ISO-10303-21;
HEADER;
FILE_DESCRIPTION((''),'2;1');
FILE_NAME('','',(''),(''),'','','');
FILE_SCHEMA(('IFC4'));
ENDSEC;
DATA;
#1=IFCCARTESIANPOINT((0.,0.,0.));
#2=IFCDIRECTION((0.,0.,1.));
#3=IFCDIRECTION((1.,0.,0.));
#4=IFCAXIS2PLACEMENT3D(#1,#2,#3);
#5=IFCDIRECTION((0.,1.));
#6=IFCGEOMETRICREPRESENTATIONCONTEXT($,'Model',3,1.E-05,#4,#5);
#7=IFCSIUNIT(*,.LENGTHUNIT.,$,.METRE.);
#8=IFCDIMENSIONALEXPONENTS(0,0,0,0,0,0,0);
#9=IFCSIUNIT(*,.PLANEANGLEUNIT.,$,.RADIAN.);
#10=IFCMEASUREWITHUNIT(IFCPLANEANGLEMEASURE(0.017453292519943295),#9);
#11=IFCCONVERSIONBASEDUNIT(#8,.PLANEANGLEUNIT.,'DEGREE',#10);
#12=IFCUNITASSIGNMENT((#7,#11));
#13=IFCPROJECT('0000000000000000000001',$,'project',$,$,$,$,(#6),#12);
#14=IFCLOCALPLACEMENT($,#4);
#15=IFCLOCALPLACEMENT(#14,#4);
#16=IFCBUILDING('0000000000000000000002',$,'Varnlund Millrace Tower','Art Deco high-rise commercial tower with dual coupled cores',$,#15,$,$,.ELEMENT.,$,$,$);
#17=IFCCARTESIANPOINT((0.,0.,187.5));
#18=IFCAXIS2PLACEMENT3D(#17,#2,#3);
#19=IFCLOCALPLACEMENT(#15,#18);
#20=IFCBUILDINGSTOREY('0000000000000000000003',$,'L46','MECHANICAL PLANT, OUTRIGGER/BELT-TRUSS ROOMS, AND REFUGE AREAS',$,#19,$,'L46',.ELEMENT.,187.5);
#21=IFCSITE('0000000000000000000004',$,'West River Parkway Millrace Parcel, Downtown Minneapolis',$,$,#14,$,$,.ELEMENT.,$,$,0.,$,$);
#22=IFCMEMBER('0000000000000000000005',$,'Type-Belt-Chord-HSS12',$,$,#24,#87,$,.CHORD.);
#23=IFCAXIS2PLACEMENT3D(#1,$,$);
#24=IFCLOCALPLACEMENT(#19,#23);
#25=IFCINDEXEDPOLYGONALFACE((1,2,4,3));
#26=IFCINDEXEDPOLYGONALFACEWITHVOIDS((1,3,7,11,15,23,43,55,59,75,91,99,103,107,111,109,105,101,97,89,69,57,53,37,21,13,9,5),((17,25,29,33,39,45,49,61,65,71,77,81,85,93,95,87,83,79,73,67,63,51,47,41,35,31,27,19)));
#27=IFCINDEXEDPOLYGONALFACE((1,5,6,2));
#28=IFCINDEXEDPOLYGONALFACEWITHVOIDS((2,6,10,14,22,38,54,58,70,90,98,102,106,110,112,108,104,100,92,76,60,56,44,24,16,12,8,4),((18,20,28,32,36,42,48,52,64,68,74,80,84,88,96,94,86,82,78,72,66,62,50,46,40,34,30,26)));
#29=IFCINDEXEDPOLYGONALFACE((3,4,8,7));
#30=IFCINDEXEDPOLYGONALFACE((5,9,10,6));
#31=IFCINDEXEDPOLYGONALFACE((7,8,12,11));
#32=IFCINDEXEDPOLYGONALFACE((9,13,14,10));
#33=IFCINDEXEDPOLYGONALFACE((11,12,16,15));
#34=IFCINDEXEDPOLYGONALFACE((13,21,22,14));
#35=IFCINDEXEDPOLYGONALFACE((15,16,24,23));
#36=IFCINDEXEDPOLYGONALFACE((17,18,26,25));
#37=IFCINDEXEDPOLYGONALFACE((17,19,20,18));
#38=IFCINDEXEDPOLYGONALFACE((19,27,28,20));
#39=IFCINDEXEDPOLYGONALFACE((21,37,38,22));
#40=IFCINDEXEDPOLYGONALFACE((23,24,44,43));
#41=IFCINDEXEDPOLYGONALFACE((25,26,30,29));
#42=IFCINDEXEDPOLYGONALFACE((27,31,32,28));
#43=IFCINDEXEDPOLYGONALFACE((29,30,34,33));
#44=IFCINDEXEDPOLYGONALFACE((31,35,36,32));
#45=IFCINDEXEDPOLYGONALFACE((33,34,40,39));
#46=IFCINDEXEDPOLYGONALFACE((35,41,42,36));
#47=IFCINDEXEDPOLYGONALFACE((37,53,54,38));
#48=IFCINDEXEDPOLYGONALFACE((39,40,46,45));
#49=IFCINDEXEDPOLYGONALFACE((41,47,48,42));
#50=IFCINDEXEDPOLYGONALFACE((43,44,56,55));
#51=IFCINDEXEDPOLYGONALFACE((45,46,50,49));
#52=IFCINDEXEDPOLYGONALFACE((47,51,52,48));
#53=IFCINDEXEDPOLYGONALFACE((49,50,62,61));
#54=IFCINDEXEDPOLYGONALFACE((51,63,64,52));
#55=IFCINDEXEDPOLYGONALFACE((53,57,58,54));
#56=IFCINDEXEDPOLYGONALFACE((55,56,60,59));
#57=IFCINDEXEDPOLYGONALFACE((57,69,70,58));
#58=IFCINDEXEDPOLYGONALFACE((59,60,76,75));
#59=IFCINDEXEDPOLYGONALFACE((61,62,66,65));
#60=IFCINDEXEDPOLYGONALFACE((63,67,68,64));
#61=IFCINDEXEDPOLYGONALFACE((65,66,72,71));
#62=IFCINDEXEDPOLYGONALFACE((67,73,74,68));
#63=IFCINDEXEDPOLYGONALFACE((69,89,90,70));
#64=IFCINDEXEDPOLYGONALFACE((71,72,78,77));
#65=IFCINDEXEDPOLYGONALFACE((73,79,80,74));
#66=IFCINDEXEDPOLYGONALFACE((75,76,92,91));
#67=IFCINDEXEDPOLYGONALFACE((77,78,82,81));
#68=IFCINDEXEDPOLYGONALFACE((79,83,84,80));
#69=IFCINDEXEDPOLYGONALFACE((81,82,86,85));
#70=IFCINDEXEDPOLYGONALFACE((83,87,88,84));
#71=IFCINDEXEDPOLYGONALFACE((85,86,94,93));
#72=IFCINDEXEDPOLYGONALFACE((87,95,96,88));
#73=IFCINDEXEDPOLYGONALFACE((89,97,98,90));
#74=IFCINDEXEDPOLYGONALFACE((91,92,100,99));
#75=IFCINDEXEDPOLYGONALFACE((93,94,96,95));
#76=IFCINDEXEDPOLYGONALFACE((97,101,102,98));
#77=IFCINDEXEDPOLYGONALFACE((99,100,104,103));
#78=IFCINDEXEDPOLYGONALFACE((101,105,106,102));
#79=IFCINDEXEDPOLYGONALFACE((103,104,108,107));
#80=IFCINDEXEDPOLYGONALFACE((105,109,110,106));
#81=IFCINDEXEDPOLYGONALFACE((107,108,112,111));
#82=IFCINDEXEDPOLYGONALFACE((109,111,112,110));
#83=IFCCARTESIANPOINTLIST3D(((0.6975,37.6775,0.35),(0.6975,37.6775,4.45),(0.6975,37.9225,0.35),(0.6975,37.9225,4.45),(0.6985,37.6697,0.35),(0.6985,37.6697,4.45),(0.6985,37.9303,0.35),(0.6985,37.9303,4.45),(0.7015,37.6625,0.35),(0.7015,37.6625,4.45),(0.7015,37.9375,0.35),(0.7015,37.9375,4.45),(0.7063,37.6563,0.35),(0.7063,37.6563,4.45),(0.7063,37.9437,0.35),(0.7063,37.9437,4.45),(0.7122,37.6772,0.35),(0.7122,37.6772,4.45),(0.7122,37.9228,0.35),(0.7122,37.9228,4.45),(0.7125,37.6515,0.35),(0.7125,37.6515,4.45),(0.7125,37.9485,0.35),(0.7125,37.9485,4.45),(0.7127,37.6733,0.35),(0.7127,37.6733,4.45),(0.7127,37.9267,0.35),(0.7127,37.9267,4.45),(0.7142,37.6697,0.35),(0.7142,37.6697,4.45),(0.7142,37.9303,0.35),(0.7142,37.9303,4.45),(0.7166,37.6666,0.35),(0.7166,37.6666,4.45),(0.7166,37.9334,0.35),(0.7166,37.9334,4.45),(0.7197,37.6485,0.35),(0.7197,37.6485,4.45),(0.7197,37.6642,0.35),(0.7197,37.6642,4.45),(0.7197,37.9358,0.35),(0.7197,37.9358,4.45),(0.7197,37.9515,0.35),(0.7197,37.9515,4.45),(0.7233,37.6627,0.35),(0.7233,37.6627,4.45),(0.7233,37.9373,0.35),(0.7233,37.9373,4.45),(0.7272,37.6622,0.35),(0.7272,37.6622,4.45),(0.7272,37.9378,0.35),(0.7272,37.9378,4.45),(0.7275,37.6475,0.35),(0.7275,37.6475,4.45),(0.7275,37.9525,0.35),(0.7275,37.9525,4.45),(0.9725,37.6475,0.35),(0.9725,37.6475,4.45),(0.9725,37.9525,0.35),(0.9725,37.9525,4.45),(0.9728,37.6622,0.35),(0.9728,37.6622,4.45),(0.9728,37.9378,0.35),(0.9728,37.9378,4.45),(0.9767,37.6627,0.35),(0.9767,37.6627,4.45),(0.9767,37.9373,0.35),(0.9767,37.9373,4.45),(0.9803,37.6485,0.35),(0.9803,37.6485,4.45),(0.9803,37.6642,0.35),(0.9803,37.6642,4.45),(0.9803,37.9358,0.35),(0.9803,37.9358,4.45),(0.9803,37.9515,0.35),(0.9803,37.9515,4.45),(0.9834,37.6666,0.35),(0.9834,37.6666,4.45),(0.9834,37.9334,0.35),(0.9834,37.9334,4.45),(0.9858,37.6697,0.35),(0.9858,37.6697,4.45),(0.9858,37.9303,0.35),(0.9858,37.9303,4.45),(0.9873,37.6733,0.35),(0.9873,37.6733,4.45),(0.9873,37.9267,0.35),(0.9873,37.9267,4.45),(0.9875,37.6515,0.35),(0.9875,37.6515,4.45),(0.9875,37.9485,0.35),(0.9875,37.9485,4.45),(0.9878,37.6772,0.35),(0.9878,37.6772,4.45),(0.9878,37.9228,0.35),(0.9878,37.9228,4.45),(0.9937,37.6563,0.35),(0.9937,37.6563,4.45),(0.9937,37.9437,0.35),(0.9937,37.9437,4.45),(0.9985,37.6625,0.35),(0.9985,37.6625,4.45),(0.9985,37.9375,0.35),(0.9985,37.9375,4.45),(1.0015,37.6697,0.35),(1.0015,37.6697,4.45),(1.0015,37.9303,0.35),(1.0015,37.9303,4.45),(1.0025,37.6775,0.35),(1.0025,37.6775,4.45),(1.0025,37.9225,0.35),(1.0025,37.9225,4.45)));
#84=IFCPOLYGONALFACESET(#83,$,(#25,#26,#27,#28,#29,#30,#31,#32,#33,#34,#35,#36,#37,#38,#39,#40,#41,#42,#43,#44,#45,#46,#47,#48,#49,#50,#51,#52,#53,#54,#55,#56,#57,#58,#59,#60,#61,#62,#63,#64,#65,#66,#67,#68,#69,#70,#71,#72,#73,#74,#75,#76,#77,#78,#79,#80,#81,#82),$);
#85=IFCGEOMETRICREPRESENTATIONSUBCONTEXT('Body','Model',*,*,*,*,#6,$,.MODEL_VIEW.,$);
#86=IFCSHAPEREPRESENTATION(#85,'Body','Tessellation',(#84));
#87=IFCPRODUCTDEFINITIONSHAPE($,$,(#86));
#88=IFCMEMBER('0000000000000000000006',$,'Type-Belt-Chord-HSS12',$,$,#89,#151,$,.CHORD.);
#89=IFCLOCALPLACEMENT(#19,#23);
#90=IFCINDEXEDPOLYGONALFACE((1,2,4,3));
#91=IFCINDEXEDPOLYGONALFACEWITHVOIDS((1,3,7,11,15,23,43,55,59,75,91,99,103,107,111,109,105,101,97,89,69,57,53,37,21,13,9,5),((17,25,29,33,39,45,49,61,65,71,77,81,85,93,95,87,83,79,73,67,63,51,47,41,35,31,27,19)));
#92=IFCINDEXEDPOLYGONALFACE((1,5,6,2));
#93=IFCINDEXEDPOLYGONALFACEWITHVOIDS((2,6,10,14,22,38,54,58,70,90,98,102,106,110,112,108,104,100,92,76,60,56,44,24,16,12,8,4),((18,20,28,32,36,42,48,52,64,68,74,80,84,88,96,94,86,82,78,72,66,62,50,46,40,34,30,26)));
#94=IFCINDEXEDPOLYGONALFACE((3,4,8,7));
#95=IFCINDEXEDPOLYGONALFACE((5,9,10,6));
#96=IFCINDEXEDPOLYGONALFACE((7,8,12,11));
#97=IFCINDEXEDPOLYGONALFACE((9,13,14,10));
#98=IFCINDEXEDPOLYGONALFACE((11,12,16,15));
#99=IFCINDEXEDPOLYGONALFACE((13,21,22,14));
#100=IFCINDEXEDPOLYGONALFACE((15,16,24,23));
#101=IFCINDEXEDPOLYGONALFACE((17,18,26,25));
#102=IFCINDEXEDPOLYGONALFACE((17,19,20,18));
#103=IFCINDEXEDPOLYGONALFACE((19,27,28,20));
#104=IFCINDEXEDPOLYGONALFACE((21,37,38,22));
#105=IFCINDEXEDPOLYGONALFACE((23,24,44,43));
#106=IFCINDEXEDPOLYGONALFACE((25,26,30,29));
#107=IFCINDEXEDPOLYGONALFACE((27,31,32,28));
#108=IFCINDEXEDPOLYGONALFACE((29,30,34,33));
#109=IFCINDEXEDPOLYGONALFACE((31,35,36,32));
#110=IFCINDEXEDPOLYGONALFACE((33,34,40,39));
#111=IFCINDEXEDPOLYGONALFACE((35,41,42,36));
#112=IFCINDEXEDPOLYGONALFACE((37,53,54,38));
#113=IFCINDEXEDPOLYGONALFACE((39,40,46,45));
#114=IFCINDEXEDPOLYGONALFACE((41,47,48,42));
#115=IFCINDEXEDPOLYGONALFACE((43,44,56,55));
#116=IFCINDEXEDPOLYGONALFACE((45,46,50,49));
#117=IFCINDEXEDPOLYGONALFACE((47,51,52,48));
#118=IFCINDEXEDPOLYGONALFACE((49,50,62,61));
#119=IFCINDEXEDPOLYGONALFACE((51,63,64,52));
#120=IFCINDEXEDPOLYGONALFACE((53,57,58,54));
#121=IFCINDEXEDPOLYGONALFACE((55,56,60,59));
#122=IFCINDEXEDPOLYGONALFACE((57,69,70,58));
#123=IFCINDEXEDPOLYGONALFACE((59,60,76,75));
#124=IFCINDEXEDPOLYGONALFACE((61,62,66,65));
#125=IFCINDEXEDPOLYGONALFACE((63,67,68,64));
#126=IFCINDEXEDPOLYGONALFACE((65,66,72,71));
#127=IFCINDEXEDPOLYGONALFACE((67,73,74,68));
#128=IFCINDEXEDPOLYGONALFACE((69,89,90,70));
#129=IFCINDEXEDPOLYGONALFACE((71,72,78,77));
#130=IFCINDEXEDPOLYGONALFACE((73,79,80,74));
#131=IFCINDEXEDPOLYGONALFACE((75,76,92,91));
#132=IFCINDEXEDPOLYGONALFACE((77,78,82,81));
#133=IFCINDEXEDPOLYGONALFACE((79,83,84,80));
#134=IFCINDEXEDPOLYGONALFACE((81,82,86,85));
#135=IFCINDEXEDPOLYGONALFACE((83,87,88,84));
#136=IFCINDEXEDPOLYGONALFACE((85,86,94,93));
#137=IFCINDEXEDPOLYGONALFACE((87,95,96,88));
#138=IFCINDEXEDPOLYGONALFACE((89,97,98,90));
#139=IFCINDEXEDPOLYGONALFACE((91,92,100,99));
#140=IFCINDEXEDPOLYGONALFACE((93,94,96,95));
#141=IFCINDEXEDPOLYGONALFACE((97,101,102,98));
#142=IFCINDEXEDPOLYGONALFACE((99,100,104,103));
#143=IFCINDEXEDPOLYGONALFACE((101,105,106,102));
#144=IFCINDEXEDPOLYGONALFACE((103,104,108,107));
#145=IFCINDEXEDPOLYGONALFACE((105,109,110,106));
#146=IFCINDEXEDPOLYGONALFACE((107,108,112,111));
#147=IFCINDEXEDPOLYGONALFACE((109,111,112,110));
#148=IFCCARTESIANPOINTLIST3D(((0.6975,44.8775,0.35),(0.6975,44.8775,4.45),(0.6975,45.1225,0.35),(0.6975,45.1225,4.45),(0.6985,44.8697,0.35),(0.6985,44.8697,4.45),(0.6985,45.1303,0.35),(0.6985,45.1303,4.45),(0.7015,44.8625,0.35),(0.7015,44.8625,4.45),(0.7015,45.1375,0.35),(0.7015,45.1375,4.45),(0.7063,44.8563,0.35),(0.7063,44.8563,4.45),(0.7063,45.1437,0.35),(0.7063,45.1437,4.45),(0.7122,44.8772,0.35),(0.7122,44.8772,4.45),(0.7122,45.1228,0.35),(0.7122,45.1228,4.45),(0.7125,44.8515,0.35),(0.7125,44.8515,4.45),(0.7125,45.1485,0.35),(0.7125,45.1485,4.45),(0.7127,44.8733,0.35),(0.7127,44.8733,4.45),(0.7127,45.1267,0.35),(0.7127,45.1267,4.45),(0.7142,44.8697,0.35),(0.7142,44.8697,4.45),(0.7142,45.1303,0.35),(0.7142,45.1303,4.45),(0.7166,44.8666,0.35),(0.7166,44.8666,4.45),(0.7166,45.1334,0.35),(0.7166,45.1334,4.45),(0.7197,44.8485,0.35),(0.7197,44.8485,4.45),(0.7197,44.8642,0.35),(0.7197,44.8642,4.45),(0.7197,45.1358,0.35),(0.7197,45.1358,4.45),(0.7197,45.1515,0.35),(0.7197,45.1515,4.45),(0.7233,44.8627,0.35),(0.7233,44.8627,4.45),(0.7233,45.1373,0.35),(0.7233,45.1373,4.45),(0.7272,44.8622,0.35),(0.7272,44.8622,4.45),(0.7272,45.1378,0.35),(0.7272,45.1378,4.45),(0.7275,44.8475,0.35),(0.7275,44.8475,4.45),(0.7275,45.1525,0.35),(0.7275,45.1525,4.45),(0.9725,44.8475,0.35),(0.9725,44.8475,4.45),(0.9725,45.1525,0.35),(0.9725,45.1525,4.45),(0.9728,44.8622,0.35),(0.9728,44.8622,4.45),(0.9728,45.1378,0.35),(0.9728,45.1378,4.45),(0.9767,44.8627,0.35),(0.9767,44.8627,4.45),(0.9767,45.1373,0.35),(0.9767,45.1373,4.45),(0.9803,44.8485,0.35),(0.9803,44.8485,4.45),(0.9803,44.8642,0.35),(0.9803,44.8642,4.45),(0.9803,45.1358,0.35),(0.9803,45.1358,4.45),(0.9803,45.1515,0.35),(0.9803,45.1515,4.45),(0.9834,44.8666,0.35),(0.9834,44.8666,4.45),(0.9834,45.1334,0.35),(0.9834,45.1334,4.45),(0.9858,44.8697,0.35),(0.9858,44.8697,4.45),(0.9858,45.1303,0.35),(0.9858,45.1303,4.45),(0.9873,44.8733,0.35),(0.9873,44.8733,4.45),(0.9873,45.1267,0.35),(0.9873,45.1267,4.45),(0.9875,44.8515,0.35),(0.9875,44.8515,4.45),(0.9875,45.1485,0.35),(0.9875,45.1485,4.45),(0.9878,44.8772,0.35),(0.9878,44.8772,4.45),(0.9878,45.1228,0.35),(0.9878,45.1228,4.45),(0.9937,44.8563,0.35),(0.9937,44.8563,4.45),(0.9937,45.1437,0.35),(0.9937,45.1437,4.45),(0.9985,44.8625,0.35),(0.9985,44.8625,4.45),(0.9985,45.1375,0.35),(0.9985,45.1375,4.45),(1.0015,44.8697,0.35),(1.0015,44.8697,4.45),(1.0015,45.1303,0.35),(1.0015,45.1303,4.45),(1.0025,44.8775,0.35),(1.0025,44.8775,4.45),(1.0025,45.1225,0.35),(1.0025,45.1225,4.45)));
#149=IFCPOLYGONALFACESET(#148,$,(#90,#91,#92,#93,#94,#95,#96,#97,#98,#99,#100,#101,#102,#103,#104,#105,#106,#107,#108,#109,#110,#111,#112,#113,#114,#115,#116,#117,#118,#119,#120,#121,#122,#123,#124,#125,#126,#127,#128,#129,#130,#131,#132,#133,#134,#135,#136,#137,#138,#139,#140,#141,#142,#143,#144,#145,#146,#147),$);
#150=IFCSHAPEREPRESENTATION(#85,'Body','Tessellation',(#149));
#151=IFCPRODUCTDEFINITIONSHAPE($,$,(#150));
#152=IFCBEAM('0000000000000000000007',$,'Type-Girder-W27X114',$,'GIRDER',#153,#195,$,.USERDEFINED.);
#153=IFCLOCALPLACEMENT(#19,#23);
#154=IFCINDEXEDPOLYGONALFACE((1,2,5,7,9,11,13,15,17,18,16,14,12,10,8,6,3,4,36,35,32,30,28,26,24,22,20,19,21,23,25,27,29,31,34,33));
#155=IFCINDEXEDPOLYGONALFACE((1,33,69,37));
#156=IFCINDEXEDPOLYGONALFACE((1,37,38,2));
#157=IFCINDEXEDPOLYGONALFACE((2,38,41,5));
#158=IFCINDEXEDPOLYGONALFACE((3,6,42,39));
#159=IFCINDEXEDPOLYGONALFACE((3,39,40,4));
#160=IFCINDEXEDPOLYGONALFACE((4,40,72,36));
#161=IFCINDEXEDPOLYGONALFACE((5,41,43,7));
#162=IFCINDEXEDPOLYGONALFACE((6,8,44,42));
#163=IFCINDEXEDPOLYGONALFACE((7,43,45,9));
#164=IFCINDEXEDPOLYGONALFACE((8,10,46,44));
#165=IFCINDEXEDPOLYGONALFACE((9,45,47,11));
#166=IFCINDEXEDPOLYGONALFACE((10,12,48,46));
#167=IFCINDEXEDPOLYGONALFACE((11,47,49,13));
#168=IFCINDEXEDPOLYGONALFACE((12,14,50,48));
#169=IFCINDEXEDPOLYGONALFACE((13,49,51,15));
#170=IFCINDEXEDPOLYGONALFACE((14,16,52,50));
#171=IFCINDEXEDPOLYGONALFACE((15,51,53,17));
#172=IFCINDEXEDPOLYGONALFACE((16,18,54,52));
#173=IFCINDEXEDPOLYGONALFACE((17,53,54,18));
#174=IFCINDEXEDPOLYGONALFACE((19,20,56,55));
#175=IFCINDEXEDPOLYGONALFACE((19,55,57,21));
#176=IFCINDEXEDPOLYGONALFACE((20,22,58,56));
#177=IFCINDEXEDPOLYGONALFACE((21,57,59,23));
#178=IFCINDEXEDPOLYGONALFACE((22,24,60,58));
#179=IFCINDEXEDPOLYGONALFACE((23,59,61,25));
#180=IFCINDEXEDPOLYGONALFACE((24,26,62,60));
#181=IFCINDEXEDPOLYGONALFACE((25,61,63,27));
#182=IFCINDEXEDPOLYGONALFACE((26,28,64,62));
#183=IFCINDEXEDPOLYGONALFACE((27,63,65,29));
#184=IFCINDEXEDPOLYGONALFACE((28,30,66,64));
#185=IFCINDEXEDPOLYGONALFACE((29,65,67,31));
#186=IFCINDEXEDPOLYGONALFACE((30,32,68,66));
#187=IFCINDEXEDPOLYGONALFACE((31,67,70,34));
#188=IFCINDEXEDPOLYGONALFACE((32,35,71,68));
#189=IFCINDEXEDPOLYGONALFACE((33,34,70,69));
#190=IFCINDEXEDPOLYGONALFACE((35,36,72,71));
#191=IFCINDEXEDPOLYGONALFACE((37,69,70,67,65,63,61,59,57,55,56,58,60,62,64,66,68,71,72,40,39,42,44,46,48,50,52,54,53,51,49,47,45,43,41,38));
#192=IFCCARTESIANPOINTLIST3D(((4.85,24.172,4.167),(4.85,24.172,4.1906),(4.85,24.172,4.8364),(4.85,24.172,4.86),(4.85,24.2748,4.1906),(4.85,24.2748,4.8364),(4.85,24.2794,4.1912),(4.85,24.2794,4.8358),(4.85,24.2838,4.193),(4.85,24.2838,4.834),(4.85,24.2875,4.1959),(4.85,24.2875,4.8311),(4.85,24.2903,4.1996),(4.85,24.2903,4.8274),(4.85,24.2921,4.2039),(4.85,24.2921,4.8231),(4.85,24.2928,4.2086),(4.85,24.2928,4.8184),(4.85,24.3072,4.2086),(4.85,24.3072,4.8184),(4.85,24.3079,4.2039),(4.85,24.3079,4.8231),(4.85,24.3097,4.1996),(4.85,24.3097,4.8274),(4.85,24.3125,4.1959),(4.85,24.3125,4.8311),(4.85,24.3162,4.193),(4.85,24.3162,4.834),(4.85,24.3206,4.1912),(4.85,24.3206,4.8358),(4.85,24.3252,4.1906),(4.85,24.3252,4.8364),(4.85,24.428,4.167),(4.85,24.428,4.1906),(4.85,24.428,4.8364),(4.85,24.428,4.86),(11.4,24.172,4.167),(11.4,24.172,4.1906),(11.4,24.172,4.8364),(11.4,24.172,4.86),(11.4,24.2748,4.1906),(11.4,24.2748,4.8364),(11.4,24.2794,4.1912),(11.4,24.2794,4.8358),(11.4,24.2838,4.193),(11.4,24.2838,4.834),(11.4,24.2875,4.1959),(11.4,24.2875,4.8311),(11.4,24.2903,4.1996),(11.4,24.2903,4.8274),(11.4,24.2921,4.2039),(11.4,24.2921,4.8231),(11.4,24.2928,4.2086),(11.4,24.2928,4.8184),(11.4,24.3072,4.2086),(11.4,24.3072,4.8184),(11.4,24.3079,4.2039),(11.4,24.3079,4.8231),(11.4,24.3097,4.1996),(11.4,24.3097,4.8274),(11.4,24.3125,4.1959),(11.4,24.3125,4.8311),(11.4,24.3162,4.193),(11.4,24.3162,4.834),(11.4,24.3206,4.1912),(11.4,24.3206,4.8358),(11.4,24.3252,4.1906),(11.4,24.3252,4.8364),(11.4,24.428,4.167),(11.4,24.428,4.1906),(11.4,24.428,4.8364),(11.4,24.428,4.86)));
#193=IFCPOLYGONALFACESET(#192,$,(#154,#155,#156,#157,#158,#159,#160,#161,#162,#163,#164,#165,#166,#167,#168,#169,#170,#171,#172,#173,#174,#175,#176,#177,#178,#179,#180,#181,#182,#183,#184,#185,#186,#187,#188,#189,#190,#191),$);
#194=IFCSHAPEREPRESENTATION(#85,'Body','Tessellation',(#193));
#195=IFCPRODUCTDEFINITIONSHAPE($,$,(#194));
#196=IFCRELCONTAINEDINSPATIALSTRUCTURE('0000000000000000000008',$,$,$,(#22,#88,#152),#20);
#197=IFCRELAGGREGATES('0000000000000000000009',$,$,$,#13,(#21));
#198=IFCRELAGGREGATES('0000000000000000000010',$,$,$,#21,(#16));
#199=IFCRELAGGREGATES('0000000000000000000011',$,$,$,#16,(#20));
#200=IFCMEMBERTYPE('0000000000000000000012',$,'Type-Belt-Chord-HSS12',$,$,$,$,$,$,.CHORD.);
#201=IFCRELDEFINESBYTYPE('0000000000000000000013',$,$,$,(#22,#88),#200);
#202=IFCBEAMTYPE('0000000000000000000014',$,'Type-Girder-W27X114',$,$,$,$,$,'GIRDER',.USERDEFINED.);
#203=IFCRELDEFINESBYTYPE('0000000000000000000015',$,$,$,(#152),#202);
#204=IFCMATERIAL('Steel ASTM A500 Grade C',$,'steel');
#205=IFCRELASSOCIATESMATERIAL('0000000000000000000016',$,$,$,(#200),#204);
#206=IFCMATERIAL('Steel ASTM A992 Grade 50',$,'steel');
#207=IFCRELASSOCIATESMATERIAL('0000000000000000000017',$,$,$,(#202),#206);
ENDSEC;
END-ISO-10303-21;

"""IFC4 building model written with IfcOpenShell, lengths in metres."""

from ifc_helpers import new_model, entity, si_unit, converted_unit, direction, frame, origin_with_axes, origin_2d_with_axis, place, context, subcontext, project, spatial, hollow_rectangle, i_section, extrude, material, material_profile, profile_set, type_object, element, save


model = new_model("IFC4")

# Units and contexts
model_context = context("Model", 3, precision=1e-05, world=origin_with_axes(), true_north=direction((0.0, 1.0)))
body_context = subcontext(model_context, "Body", "Model", "MODEL_VIEW")
ifc_project = project(units=[si_unit("LENGTHUNIT", "METRE"), converted_unit("PLANEANGLEUNIT", "DEGREE", entity("IfcPlaneAngleMeasure", 0.017453292519943295), si_unit("PLANEANGLEUNIT", "RADIAN"), dimensions=[0, 0, 0, 0, 0, 0, 0])], contexts=[model_context])

# Site, building, storey
site_placement = place(None, origin_with_axes())
site = spatial("IfcSite", under=ifc_project, at=site_placement, Name="West River Parkway Millrace Parcel, Downtown Minneapolis", CompositionType="ELEMENT", RefElevation=0.0)
building_placement = place(site_placement, origin_with_axes())
building = spatial("IfcBuilding", under=site, at=building_placement, Name="Varnlund Millrace Tower", Description="Art Deco high-rise commercial tower with dual coupled cores", CompositionType="ELEMENT")
storey_placement = place(building_placement, frame((0.0, 0.0, 187.5), z_axis=(0.0, 0.0, 1.0), x_axis=(1.0, 0.0, 0.0)))
storey = spatial("IfcBuildingStorey", under=building, at=storey_placement, Name="L46", Description="MECHANICAL PLANT, OUTRIGGER/BELT-TRUSS ROOMS, AND REFUGE AREAS", LongName="L46", CompositionType="ELEMENT", Elevation=187.5)

# Members
ifc_material_1 = material(Name="Steel ASTM A500 Grade C", Category="steel")
ifc_material_profile_1 = material_profile(ifc_material_1, hollow_rectangle(XDim=0.305, YDim=0.305, WallThickness=0.0147, InnerFilletRadius=0.015, OuterFilletRadius=0.03, at=origin_2d_with_axis()), Name="Steel ASTM A500 Grade C")
ifc_profile_set_1 = profile_set([ifc_material_profile_1], Name="Steel ASTM A500 Grade C")
member_type_1 = type_object("IfcMemberType", Name="Type-Belt-Chord-HSS12", PredefinedType="CHORD", material=ifc_profile_set_1)
for number, where, z_axis, x_axis, name in (
    (1, (0.85, 37.8, 0.35), (0.0, 0.0, 1.0), (1.0, 0.0, 0.0), "Type-Belt-Chord-HSS12"),
    (2, (0.85, 45.0, 0.35), (0.0, 0.0, 1.0), (1.0, 0.0, 0.0), "Type-Belt-Chord-HSS12"),
):
    element("IfcMember", number, at=place(storey_placement, frame(where, z_axis=z_axis, x_axis=x_axis)), inside=storey, type_object=member_type_1, Name=name, PredefinedType="CHORD", context=body_context, shape_type="SweptSolid", body=[
        extrude(hollow_rectangle(XDim=0.305, YDim=0.305, WallThickness=0.0147, InnerFilletRadius=0.015, OuterFilletRadius=0.03, at=origin_2d_with_axis()), origin_with_axes(), (0.0, 0.0, 1.0), 4.1),
    ])

# Beam
ifc_material_2 = material(Name="Steel ASTM A992 Grade 50", Category="steel")
ifc_material_profile_2 = material_profile(ifc_material_2, i_section(OverallWidth=0.256, OverallDepth=0.693, WebThickness=0.0145, FlangeThickness=0.0236, FilletRadius=0.018, at=origin_2d_with_axis()), Name="Steel ASTM A992 Grade 50")
ifc_profile_set_2 = profile_set([ifc_material_profile_2], Name="Steel ASTM A992 Grade 50")
beam_type_1 = type_object("IfcBeamType", Name="Type-Girder-W27X114", ElementType="GIRDER", PredefinedType="USERDEFINED", material=ifc_profile_set_2)
beam_1_placement = place(storey_placement, frame((4.85, 24.3, 4.5135), z_axis=(1.0, 0.0, 0.0), x_axis=(0.0, 1.0, 0.0)))
element("IfcBeam", 3, at=beam_1_placement, inside=storey, type_object=beam_type_1, Name="Type-Girder-W27X114", ObjectType="GIRDER", PredefinedType="USERDEFINED", context=body_context, shape_type="SweptSolid", body=[
    extrude(i_section(OverallWidth=0.256, OverallDepth=0.693, WebThickness=0.0145, FlangeThickness=0.0236, FilletRadius=0.018, at=origin_2d_with_axis()), origin_with_axes(), (0.0, 0.0, 1.0), 6.55),
])

save(model, "model.ifc")
